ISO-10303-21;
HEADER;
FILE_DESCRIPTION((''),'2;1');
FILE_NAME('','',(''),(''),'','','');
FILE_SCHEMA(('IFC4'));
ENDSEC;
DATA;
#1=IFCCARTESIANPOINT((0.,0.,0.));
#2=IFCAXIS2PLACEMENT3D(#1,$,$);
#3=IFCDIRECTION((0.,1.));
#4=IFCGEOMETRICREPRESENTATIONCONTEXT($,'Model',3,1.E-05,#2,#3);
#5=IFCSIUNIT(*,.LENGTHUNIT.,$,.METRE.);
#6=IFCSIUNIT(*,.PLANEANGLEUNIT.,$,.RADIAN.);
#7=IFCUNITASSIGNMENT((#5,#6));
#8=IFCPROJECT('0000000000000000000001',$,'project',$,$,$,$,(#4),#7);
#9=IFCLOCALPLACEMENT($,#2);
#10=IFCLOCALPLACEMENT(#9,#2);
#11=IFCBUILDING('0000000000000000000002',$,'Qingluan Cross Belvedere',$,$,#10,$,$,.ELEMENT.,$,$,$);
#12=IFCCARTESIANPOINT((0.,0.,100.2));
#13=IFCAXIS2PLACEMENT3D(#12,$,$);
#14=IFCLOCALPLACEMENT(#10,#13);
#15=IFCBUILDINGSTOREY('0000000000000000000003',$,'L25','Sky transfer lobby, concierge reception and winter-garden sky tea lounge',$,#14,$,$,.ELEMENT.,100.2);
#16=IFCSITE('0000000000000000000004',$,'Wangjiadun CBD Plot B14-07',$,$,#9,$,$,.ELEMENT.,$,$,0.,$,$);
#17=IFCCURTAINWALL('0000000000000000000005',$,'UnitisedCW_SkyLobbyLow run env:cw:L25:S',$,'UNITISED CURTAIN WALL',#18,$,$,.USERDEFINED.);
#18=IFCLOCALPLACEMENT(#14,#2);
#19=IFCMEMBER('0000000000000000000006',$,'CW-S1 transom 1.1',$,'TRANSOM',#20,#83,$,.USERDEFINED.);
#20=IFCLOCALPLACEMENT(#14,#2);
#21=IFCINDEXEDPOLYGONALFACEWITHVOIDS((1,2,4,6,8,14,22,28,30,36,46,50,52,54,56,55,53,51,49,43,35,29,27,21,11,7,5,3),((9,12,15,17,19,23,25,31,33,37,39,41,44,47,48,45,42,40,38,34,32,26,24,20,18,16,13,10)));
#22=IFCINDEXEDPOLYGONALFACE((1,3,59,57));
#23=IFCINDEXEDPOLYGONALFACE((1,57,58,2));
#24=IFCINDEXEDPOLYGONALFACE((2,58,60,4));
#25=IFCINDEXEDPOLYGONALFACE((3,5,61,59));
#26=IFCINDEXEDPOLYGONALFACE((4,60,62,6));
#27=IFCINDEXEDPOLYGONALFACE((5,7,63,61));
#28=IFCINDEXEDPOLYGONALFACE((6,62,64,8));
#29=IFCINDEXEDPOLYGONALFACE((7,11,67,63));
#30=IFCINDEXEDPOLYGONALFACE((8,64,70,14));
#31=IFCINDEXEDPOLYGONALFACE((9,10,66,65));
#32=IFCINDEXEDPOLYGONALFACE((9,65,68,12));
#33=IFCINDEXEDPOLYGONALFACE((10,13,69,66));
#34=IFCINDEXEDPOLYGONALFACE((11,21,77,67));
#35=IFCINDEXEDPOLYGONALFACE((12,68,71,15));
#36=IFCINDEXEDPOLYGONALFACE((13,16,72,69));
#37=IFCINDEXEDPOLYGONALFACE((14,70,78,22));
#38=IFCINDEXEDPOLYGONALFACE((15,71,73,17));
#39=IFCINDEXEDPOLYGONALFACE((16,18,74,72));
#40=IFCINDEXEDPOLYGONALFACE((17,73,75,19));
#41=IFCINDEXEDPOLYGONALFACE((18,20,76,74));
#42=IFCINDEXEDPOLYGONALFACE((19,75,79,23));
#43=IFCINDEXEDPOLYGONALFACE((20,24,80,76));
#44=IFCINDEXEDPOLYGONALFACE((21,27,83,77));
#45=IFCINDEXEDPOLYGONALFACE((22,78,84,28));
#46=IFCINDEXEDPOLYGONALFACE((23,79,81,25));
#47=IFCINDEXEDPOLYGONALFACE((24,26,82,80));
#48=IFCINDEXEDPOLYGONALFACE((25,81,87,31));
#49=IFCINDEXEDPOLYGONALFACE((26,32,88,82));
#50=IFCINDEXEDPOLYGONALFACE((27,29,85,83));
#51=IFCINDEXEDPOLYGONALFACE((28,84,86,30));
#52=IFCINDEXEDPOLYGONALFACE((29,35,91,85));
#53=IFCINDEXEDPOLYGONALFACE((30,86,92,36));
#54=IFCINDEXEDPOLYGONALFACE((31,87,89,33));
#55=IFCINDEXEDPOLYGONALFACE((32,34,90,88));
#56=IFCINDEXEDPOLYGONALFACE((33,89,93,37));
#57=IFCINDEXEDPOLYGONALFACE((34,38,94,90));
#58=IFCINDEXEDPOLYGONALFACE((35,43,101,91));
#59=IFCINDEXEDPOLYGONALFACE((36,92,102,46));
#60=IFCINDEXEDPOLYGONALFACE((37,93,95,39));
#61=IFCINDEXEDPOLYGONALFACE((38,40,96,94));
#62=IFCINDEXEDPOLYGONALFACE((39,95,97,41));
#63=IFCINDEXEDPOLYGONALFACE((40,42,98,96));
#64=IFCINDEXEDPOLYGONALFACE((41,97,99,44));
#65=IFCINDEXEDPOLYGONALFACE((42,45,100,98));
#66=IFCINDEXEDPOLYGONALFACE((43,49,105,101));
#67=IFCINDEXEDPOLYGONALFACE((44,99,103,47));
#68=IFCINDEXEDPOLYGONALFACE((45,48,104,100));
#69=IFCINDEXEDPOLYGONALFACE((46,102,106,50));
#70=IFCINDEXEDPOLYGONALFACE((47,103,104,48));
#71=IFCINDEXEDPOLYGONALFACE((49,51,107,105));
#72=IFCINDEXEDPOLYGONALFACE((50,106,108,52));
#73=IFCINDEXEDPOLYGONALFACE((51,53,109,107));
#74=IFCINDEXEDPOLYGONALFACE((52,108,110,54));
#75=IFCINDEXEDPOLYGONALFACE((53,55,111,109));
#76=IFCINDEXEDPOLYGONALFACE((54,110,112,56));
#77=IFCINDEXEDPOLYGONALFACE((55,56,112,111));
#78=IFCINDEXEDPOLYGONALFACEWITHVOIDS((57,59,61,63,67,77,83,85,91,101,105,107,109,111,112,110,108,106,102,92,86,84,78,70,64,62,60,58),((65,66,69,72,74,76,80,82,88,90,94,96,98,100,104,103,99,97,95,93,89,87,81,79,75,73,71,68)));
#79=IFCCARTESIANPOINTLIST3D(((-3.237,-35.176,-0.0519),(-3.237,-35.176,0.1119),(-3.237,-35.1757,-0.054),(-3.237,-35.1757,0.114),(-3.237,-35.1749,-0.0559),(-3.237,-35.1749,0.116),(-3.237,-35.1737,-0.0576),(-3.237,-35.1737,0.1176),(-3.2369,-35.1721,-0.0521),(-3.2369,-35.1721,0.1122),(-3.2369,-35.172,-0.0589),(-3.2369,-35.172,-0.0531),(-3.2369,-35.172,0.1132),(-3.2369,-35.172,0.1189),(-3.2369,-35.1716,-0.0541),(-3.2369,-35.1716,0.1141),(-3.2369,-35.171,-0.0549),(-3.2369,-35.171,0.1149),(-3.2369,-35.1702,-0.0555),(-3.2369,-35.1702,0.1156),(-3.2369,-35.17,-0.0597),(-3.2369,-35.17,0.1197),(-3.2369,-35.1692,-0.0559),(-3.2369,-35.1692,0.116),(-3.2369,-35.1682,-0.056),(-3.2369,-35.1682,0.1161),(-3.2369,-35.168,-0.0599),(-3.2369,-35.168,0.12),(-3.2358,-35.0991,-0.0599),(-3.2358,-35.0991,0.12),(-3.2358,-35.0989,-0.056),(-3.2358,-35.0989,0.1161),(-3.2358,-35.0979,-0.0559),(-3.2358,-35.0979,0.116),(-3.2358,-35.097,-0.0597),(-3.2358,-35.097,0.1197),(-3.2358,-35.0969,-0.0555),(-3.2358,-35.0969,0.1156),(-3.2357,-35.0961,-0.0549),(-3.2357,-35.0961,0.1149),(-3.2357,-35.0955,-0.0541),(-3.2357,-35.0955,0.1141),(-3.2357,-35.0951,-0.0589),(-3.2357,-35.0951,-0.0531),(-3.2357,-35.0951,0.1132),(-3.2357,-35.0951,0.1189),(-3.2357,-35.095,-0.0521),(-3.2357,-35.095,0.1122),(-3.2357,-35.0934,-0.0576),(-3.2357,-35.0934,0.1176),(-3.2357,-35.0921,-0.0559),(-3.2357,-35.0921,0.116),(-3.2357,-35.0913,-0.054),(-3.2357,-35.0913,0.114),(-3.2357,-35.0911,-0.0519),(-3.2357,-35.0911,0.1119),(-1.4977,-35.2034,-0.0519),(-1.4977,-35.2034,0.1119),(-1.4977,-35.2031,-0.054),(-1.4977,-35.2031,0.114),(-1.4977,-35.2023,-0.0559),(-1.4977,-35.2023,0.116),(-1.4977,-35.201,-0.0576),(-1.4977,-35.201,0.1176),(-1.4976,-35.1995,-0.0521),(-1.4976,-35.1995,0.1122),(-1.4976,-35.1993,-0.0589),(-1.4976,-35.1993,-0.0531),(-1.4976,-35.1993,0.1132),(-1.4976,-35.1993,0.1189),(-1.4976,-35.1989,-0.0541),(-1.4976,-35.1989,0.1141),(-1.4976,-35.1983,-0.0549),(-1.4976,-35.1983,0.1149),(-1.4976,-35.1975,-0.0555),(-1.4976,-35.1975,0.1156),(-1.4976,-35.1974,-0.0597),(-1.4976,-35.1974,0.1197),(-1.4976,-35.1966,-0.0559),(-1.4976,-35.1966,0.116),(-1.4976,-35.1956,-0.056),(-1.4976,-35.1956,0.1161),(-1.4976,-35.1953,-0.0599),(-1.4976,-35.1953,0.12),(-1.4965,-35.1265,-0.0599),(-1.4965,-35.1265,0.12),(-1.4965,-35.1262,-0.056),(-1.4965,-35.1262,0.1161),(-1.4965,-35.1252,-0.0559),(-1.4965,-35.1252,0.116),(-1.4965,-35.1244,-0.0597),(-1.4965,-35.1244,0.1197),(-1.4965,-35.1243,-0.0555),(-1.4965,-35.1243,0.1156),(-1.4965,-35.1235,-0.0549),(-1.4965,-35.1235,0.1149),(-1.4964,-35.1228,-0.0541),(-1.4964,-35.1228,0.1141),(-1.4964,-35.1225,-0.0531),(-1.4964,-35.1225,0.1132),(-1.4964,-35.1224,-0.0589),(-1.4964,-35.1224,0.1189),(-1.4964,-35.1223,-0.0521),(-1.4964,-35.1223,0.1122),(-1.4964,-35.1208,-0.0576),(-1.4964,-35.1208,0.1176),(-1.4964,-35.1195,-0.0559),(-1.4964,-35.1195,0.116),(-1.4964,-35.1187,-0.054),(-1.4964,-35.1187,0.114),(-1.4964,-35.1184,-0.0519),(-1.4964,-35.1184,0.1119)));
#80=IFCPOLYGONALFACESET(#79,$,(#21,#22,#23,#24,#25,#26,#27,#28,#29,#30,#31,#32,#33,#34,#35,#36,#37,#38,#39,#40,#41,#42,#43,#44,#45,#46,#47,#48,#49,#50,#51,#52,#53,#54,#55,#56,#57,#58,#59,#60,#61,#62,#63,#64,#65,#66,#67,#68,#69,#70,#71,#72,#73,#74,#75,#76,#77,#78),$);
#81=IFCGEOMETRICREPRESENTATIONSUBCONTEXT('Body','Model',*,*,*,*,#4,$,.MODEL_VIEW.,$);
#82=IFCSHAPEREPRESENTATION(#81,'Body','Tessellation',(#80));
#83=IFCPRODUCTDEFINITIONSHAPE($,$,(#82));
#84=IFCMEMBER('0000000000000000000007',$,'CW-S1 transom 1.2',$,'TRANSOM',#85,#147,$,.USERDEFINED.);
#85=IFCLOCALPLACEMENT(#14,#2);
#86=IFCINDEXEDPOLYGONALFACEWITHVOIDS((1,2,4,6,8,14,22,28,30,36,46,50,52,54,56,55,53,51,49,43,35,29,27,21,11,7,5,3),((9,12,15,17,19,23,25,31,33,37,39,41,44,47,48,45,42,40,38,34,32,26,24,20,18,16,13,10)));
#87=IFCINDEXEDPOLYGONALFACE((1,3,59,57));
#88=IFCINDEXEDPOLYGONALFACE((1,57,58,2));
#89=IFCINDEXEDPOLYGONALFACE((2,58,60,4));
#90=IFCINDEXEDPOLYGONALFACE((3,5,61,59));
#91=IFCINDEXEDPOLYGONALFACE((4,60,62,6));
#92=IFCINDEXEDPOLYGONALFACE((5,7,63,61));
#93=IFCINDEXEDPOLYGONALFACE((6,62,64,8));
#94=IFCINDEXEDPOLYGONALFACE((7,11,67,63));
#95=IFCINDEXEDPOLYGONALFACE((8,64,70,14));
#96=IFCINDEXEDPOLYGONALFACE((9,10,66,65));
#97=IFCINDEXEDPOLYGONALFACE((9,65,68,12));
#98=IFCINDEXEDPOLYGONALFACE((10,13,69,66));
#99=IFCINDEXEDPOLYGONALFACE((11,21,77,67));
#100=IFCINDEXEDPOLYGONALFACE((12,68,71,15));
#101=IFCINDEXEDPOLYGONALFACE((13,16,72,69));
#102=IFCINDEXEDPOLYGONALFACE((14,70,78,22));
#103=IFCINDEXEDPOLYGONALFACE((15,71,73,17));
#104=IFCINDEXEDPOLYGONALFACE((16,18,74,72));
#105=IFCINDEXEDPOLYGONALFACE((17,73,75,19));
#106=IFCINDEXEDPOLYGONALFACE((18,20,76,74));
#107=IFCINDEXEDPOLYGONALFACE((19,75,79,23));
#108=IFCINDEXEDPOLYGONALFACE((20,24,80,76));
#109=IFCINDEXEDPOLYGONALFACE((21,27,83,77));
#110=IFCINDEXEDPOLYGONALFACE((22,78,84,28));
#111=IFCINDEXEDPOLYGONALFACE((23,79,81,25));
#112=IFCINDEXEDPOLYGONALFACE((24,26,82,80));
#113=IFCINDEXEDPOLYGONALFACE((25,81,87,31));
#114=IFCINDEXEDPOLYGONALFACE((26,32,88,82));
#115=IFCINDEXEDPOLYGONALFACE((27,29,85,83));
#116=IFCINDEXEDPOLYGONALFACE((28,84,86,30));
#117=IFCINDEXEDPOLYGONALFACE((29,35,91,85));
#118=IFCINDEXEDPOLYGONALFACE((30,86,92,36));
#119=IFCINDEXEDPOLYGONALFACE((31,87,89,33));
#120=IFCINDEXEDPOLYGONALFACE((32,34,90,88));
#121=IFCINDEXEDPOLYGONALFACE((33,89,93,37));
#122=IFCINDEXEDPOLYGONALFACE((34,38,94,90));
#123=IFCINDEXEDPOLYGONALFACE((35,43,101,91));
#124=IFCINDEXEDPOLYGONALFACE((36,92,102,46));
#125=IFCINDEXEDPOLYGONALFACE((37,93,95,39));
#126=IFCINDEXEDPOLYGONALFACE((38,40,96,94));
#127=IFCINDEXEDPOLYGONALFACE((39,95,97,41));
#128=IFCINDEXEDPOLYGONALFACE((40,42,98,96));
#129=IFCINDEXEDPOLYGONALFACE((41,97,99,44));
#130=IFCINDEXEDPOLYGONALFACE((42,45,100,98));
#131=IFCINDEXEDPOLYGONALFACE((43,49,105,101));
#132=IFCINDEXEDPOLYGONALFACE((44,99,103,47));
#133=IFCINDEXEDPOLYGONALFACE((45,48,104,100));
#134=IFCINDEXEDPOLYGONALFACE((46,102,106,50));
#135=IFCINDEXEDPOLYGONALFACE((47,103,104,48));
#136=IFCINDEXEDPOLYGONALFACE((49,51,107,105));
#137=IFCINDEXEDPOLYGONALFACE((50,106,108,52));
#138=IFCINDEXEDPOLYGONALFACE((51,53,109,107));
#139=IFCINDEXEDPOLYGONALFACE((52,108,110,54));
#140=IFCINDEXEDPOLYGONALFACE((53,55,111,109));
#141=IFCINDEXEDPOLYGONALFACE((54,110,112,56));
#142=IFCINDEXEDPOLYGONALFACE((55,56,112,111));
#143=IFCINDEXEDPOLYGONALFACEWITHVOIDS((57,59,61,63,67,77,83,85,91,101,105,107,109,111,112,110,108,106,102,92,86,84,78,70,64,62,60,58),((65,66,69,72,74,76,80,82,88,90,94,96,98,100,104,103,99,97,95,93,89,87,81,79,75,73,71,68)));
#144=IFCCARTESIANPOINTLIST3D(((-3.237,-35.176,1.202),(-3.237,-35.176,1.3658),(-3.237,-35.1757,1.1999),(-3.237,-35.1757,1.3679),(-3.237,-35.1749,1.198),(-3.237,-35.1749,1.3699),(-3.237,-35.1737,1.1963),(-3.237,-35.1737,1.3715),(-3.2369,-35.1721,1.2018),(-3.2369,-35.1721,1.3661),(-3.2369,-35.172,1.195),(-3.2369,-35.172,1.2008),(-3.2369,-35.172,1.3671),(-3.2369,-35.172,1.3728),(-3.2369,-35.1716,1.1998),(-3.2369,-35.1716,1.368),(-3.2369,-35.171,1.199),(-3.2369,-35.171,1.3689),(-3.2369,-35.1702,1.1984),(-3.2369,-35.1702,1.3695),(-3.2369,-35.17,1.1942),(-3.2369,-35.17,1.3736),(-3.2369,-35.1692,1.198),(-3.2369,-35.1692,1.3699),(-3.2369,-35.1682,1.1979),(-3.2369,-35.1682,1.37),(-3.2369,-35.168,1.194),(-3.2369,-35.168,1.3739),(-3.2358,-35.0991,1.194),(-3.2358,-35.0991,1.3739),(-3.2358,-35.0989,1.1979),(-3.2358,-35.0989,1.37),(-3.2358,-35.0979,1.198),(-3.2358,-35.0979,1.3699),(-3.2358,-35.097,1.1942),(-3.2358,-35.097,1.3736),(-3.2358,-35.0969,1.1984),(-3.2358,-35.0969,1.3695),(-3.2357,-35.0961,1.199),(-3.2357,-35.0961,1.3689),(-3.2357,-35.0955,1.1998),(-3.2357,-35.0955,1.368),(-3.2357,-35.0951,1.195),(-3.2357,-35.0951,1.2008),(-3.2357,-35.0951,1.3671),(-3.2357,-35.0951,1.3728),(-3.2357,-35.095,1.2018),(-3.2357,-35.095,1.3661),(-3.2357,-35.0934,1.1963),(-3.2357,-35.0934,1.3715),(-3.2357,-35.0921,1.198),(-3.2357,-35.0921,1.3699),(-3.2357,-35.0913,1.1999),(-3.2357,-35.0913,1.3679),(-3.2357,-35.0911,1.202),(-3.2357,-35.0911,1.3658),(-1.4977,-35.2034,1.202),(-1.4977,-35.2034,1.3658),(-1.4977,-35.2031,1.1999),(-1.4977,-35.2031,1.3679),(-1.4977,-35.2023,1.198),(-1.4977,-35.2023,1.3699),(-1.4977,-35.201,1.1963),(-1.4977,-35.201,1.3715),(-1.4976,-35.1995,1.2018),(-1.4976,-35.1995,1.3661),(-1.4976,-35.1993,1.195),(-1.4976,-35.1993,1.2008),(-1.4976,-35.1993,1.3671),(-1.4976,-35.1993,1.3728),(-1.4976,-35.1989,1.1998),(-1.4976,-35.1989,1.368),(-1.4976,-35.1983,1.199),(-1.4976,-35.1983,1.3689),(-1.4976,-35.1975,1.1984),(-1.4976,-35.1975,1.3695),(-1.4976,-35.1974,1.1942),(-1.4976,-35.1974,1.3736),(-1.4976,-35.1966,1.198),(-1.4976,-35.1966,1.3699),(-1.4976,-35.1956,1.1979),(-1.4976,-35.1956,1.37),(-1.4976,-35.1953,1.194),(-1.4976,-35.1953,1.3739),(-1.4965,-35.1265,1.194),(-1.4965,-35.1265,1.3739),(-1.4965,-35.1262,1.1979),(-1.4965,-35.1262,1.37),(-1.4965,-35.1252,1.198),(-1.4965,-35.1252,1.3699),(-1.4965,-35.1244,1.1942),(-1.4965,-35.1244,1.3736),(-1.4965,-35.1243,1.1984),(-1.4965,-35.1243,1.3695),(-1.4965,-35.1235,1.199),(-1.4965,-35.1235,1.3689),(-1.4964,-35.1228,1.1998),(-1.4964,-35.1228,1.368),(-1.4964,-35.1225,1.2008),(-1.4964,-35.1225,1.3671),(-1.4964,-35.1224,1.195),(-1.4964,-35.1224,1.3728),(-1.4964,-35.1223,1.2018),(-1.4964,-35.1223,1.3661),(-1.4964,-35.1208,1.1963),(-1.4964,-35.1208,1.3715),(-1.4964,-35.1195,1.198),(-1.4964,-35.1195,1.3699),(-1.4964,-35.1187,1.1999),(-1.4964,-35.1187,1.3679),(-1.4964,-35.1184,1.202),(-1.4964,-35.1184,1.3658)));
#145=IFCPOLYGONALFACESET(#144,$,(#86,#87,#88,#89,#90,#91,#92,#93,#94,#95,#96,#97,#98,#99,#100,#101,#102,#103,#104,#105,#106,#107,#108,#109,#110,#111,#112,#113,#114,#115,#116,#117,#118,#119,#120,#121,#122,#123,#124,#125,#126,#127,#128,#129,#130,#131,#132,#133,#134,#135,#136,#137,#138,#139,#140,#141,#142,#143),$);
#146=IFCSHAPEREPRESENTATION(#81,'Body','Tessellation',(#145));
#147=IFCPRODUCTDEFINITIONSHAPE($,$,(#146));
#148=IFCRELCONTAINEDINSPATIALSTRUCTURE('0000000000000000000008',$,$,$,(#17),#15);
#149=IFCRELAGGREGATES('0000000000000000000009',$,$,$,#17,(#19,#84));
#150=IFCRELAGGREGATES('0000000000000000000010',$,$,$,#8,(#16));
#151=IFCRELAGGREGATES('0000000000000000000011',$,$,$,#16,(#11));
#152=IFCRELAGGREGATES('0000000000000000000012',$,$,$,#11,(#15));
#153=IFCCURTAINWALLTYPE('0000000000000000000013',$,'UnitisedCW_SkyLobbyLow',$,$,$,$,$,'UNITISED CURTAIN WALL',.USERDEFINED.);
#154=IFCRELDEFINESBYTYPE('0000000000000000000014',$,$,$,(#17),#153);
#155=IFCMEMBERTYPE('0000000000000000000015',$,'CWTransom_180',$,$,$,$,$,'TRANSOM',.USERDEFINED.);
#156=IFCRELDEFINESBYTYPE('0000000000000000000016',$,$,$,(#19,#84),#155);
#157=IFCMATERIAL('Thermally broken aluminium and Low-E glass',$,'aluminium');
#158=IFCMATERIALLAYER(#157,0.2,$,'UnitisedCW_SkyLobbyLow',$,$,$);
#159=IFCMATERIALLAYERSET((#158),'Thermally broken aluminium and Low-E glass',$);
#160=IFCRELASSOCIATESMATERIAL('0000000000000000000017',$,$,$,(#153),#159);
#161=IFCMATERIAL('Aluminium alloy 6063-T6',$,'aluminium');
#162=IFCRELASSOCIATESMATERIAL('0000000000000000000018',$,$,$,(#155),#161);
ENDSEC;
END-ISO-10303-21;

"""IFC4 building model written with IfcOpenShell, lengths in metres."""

from ifc_helpers import new_model, si_unit, direction, frame, origin, origin_2d, place, context, subcontext, project, spatial, hollow_rectangle, extrude, material, layer, layer_set, material_profile, profile_set, type_object, element, aggregate, save


model = new_model("IFC4")

# Units and contexts
model_context = context("Model", 3, precision=1e-05, world=origin(), true_north=direction((0.0, 1.0)))
body_context = subcontext(model_context, "Body", "Model", "MODEL_VIEW")
ifc_project = project(units=[si_unit("LENGTHUNIT", "METRE"), si_unit("PLANEANGLEUNIT", "RADIAN")], contexts=[model_context])

# Site, building, storey
site_placement = place(None, origin())
site = spatial("IfcSite", under=ifc_project, at=site_placement, Name="Wangjiadun CBD Plot B14-07", CompositionType="ELEMENT", RefElevation=0.0)
building_placement = place(site_placement, origin())
building = spatial("IfcBuilding", under=site, at=building_placement, Name="Qingluan Cross Belvedere", CompositionType="ELEMENT")
storey_placement = place(building_placement, frame((0.0, 0.0, 100.2)))
storey = spatial("IfcBuildingStorey", under=building, at=storey_placement, Name="L25", Description="Sky transfer lobby, concierge reception and winter-garden sky tea lounge", CompositionType="ELEMENT", Elevation=100.2)

# Curtain wall, members
ifc_material_1 = material(Name="Thermally broken aluminium and Low-E glass", Category="aluminium")
ifc_layer_1 = layer(ifc_material_1, 0.2, Name="UnitisedCW_SkyLobbyLow")
ifc_layer_set_1 = layer_set([ifc_layer_1], Name="Thermally broken aluminium and Low-E glass")
curtain_wall_type = type_object("IfcCurtainWallType", Name="UnitisedCW_SkyLobbyLow", ElementType="UNITISED CURTAIN WALL", PredefinedType="USERDEFINED", material=ifc_layer_set_1)
curtain_wall_placement = place(storey_placement, origin())
curtain_wall = element("IfcCurtainWall", 1, at=curtain_wall_placement, inside=storey, type_object=curtain_wall_type, Name="UnitisedCW_SkyLobbyLow run env:cw:L25:S", ObjectType="UNITISED CURTAIN WALL", PredefinedType="USERDEFINED")
ifc_material_2 = material(Name="Aluminium alloy 6063-T6", Category="aluminium")
ifc_material_profile_1 = material_profile(ifc_material_2, hollow_rectangle(XDim=0.085, YDim=0.1799, WallThickness=0.0039, InnerFilletRadius=0.0039, OuterFilletRadius=0.0081, at=origin_2d()), Name="CWT180x85x4")
ifc_profile_set_1 = profile_set([ifc_material_profile_1], Name="Aluminium alloy 6063-T6")
member_type_1 = type_object("IfcMemberType", Name="CWTransom_180", ElementType="TRANSOM", PredefinedType="USERDEFINED", material=ifc_profile_set_1)
member_1_placement = place(storey_placement, frame((-3.2363, -35.1335, 0.03), z_axis=(0.999876, -0.01572, 0.0), x_axis=(0.01572, 0.999876, 0.0)))
member_1 = element("IfcMember", 2, at=member_1_placement, type_object=member_type_1, Name="CW-S1 transom 1.1", ObjectType="TRANSOM", PredefinedType="USERDEFINED", context=body_context, shape_type="SweptSolid", body=[
    extrude(hollow_rectangle(XDim=0.085, YDim=0.1799, WallThickness=0.0039, InnerFilletRadius=0.0039, OuterFilletRadius=0.0081, at=origin_2d()), origin(), (0.0, 0.0, 1.0), 1.7395),
])
member_2_placement = place(storey_placement, frame((-3.2363, -35.1335, 1.2839), z_axis=(0.999876, -0.01572, 0.0), x_axis=(0.01572, 0.999876, 0.0)))
member_2 = element("IfcMember", 3, at=member_2_placement, type_object=member_type_1, Name="CW-S1 transom 1.2", ObjectType="TRANSOM", PredefinedType="USERDEFINED", context=body_context, shape_type="SweptSolid", body=[
    extrude(hollow_rectangle(XDim=0.085, YDim=0.1799, WallThickness=0.0039, InnerFilletRadius=0.0039, OuterFilletRadius=0.0081, at=origin_2d()), origin(), (0.0, 0.0, 1.0), 1.7395),
])

aggregate(curtain_wall, [member_1, member_2])

save(model, "model.ifc")
